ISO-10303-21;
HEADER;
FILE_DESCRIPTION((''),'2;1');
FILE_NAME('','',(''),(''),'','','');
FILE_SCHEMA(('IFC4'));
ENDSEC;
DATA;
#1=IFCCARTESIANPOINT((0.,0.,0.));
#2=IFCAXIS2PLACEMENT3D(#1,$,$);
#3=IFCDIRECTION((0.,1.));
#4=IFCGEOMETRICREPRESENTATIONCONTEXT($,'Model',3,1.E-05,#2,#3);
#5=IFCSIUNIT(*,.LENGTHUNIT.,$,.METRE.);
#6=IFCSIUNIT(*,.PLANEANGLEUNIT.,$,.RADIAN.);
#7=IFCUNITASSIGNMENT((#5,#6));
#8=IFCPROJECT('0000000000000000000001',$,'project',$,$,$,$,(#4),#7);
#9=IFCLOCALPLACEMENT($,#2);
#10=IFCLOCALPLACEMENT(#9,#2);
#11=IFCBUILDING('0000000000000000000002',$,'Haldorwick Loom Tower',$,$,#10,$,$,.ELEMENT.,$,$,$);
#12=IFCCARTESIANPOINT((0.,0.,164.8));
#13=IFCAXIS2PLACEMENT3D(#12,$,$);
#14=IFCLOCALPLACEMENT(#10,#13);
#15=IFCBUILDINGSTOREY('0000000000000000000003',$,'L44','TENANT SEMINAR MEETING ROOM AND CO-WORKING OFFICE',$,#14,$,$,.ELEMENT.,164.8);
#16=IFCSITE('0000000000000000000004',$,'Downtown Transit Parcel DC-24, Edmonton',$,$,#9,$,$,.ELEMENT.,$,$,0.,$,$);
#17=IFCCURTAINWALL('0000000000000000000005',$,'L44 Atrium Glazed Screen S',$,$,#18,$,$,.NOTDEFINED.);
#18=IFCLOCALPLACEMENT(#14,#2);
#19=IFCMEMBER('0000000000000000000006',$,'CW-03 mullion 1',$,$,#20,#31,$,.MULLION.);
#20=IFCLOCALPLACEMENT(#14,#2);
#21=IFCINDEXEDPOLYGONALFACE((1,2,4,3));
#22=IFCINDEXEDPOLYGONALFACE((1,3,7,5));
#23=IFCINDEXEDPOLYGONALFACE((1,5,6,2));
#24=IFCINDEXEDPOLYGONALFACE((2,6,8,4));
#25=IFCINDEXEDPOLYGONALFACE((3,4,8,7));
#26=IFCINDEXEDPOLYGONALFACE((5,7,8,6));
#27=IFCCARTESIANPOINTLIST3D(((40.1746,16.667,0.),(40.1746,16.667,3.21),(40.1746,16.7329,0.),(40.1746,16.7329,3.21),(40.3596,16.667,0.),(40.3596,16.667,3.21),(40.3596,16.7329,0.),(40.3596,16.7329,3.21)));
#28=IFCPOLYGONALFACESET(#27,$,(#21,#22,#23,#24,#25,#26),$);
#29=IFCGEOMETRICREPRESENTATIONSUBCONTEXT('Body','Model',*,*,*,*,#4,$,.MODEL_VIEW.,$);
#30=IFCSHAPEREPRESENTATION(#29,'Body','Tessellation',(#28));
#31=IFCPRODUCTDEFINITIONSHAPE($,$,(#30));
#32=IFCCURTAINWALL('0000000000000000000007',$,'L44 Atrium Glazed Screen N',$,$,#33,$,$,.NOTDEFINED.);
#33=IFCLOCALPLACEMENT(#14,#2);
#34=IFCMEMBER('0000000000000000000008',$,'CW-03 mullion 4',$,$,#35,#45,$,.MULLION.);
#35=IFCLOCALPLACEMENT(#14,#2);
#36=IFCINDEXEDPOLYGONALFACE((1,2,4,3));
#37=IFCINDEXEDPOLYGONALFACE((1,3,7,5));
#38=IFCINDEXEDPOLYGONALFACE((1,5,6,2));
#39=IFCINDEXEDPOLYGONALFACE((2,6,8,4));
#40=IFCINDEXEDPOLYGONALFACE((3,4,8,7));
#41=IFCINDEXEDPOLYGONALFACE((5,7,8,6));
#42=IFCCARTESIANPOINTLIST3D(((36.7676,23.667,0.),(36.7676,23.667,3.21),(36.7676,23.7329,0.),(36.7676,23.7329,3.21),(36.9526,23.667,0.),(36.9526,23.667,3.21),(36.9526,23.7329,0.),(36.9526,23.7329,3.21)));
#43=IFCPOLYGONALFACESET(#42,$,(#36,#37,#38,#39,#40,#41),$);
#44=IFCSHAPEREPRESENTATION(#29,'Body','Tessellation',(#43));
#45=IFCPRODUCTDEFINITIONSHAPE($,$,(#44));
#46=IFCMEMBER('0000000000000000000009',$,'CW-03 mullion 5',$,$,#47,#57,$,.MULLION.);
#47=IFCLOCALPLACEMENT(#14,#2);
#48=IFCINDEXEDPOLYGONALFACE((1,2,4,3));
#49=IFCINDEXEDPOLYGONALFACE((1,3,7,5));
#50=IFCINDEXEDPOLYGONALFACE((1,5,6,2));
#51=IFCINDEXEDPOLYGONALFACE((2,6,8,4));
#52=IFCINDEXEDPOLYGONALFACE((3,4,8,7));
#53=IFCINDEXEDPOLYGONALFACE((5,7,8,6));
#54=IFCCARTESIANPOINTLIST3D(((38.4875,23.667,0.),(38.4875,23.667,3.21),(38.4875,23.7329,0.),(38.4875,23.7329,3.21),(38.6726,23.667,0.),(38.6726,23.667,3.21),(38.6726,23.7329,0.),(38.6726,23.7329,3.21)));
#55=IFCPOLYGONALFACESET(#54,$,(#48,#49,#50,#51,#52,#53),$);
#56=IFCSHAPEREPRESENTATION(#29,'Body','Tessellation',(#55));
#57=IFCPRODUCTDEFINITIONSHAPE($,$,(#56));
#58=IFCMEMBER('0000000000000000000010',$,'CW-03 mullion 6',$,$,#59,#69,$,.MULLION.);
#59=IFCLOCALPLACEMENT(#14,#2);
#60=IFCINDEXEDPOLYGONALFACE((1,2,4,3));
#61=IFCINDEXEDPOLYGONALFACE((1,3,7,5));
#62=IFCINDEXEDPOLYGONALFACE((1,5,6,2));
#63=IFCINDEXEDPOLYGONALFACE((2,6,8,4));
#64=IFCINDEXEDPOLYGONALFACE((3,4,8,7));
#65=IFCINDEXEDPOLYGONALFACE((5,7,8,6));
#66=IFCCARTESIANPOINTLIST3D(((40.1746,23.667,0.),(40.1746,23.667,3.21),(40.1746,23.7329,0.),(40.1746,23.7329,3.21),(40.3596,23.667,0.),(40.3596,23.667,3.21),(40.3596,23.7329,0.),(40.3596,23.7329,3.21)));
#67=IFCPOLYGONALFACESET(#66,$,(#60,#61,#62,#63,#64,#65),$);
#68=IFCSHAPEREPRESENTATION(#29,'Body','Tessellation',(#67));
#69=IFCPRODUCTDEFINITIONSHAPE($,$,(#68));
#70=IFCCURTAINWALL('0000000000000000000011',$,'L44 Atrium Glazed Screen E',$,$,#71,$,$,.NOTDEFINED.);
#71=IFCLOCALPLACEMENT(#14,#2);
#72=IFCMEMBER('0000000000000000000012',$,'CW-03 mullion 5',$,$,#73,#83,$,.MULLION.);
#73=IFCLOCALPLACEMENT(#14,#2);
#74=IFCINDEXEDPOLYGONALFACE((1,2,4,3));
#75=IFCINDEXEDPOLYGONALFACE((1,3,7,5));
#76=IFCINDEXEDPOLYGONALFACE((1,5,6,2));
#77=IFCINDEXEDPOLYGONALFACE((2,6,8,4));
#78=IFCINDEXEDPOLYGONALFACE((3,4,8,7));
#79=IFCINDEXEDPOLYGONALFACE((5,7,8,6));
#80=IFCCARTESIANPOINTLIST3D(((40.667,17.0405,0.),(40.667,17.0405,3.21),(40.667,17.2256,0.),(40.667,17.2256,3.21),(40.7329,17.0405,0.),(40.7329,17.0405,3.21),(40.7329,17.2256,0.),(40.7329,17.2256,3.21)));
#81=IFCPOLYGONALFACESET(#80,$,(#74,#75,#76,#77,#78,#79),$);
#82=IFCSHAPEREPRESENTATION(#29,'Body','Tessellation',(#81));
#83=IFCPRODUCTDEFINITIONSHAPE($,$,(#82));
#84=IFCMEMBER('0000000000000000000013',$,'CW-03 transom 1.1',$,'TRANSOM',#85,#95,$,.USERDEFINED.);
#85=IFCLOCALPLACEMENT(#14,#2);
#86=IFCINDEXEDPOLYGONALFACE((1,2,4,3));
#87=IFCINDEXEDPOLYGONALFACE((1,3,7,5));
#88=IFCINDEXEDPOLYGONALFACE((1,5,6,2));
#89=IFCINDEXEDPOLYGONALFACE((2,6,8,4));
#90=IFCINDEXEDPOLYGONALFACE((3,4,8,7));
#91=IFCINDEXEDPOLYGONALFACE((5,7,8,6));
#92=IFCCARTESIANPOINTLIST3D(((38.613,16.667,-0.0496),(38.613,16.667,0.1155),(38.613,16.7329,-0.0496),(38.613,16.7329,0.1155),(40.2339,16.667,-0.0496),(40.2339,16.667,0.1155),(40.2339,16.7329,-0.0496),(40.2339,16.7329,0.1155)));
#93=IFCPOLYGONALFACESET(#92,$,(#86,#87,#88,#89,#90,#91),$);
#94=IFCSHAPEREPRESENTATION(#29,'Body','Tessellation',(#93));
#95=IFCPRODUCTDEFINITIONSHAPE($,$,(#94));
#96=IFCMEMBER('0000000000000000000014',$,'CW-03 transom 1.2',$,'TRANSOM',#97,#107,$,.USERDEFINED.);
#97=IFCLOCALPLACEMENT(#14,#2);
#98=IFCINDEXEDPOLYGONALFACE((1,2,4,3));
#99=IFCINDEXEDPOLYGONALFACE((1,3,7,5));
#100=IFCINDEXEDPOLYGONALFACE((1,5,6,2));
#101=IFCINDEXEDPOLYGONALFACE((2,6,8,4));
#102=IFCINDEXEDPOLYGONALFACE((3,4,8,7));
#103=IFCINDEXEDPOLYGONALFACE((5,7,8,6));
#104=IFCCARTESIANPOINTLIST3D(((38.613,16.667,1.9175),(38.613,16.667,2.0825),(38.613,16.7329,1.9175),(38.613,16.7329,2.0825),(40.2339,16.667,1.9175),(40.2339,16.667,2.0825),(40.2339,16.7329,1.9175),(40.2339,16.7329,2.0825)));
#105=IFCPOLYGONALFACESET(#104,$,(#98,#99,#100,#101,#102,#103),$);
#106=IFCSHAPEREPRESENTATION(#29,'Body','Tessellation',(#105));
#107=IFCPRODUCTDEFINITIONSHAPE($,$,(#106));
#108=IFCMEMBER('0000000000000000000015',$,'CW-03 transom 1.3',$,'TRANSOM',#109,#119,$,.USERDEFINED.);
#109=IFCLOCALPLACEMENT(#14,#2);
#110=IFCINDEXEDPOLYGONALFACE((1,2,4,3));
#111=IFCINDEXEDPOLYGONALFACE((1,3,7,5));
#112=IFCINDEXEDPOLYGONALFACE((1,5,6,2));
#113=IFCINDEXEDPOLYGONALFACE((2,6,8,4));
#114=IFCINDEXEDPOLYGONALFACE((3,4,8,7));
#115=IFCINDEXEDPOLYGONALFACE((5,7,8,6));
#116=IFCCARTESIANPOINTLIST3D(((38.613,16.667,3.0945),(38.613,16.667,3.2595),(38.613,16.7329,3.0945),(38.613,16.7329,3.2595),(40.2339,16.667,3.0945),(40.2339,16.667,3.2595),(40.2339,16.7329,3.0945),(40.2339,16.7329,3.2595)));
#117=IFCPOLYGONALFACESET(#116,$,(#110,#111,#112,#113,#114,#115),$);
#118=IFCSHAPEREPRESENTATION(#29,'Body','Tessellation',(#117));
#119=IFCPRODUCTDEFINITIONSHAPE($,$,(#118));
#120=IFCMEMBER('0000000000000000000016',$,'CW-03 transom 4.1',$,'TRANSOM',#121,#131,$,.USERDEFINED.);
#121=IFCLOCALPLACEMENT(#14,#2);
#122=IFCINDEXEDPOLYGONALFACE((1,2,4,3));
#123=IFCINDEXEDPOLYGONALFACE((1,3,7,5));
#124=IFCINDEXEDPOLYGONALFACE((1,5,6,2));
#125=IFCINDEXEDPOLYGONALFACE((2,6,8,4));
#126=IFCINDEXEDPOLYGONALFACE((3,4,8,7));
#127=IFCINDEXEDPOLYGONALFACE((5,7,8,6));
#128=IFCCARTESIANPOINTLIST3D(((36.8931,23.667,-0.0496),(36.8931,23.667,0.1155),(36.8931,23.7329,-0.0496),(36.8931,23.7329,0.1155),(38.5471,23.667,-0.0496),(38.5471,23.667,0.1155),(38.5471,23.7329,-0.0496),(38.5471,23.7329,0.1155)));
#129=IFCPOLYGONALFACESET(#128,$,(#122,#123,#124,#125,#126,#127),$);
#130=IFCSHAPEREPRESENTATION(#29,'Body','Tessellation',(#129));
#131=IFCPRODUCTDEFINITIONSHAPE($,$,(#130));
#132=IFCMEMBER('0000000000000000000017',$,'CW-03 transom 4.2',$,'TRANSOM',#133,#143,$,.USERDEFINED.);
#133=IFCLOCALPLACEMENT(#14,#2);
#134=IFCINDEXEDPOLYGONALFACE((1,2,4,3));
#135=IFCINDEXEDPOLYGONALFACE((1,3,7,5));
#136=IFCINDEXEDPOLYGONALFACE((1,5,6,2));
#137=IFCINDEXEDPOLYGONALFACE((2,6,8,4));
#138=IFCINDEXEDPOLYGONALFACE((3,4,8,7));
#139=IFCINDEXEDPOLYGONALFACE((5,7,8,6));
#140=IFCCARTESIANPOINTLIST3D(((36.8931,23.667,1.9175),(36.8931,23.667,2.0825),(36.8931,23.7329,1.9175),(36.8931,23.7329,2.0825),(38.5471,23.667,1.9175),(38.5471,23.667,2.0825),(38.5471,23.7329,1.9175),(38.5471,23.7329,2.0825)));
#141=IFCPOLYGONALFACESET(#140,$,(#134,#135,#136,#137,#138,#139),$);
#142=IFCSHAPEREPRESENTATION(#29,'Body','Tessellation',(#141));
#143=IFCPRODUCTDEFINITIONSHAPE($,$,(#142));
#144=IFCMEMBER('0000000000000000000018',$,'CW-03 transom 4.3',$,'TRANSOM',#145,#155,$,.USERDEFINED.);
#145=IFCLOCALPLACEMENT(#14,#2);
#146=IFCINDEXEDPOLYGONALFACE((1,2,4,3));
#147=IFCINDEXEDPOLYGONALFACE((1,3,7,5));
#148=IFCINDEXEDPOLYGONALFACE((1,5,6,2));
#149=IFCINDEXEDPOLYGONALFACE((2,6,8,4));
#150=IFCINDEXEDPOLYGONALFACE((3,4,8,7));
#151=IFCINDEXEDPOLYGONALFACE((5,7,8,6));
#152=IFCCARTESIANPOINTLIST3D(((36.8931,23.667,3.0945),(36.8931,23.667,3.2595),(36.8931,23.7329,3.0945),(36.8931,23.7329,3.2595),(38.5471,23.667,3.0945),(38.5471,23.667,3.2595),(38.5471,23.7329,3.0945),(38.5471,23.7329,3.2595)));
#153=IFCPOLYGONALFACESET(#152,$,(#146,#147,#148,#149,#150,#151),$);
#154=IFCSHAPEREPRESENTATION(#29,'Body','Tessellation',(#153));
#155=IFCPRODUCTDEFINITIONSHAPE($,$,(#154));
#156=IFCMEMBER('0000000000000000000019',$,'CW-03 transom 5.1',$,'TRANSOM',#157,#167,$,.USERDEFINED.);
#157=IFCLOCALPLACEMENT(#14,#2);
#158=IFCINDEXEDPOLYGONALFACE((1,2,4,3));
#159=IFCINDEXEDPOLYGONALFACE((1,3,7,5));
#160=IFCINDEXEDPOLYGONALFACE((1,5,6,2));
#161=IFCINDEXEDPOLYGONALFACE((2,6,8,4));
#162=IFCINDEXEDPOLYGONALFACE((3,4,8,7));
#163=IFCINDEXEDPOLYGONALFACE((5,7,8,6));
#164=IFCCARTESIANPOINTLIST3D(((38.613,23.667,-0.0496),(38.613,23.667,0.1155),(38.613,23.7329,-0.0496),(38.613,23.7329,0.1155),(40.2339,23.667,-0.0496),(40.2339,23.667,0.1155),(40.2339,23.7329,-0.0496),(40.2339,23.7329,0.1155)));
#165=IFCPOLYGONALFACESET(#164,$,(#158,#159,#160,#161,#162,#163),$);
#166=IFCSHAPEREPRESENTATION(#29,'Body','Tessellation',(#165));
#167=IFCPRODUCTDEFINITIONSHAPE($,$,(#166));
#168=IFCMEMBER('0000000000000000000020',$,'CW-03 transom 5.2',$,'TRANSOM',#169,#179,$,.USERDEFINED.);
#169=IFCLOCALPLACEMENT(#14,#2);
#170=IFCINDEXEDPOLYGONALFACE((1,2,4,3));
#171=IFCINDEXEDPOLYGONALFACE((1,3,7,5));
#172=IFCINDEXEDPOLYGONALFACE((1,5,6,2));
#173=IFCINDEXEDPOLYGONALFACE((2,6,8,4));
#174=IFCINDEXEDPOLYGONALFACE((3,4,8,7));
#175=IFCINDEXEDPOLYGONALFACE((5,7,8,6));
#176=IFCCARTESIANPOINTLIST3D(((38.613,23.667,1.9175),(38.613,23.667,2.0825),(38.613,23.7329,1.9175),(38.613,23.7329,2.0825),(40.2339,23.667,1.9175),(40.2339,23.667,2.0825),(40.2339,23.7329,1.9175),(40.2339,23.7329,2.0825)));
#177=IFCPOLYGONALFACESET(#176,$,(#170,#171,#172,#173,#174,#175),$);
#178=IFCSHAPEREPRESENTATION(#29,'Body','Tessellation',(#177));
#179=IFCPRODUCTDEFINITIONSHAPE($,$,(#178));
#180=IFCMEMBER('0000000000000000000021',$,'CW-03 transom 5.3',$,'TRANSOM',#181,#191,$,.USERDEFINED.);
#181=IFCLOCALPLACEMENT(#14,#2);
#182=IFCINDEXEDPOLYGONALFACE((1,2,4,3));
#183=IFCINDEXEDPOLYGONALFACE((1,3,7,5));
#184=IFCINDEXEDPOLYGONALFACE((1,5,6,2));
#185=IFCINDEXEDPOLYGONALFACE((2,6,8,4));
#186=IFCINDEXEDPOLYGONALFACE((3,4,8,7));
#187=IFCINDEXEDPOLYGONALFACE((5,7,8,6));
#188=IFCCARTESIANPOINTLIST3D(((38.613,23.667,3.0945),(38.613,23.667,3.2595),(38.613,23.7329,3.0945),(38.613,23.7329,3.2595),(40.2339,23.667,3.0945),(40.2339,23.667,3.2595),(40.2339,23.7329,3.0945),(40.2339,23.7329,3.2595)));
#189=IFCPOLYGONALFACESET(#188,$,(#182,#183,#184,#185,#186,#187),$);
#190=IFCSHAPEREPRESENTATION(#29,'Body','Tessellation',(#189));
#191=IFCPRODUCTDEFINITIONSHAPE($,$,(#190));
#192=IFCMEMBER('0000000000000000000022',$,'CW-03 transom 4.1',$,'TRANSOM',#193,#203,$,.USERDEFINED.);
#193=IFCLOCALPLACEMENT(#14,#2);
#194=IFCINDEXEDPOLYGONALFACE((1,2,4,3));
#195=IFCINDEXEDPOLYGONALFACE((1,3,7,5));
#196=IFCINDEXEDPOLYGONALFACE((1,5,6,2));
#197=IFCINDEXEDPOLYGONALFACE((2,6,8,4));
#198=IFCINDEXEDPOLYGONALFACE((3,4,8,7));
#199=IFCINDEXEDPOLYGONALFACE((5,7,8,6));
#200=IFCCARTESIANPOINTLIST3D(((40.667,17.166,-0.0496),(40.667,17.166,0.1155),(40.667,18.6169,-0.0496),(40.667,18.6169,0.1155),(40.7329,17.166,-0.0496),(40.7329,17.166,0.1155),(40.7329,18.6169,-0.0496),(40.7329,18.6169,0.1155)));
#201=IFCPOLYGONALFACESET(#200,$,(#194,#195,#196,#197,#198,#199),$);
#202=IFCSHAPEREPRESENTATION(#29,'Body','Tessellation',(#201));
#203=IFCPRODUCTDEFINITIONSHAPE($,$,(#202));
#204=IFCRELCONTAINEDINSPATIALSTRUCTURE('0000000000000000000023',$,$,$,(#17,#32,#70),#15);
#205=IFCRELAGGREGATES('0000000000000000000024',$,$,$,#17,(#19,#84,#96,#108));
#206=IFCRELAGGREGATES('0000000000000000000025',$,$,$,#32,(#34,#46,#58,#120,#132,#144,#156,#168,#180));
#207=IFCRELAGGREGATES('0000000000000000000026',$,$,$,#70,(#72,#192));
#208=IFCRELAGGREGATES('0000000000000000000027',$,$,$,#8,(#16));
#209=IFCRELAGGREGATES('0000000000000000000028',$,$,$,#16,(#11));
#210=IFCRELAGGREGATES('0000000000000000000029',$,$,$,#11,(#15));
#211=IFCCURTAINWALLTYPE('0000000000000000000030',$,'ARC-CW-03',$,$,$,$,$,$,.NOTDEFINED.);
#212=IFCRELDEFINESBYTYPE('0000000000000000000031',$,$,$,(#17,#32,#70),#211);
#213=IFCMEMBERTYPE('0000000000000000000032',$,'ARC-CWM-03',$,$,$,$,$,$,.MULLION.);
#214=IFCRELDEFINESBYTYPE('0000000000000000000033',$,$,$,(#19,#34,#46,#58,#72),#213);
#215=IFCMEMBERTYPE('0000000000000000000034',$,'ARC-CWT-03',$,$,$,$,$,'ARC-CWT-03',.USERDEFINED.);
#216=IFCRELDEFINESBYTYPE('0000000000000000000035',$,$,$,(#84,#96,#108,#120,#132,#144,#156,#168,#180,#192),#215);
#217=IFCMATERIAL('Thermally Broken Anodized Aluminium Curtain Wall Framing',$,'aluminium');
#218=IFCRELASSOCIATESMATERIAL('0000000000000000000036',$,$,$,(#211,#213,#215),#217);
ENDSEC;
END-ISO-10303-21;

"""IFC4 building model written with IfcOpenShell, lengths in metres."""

from ifc_helpers import new_model, si_unit, direction, frame, origin, origin_2d, place, context, subcontext, project, spatial, rectangle, extrude, material, material_profile, profile_set, type_object, element, aggregate, save


model = new_model("IFC4")

# Units and contexts
model_context = context("Model", 3, precision=1e-05, world=origin(), true_north=direction((0.0, 1.0)))
body_context = subcontext(model_context, "Body", "Model", "MODEL_VIEW")
ifc_project = project(units=[si_unit("LENGTHUNIT", "METRE"), si_unit("PLANEANGLEUNIT", "RADIAN")], contexts=[model_context])

# Site, building, storey
site_placement = place(None, origin())
site = spatial("IfcSite", under=ifc_project, at=site_placement, Name="Downtown Transit Parcel DC-24, Edmonton", CompositionType="ELEMENT", RefElevation=0.0)
building_placement = place(site_placement, origin())
building = spatial("IfcBuilding", under=site, at=building_placement, Name="Haldorwick Loom Tower", CompositionType="ELEMENT")
storey_placement = place(building_placement, frame((0.0, 0.0, 164.8)))
storey = spatial("IfcBuildingStorey", under=building, at=storey_placement, Name="L44", Description="TENANT SEMINAR MEETING ROOM AND CO-WORKING OFFICE", CompositionType="ELEMENT", Elevation=164.8)

# Curtain wall, member
ifc_material_1 = material(Name="Thermally Broken Anodized Aluminium Curtain Wall Framing", Category="aluminium")
curtain_wall_type = type_object("IfcCurtainWallType", Name="ARC-CW-03", PredefinedType="NOTDEFINED", material=ifc_material_1)
curtain_wall_1_placement = place(storey_placement, origin())
curtain_wall_1 = element("IfcCurtainWall", 1, at=curtain_wall_1_placement, inside=storey, type_object=curtain_wall_type, Name="L44 Atrium Glazed Screen S", PredefinedType="NOTDEFINED")
ifc_material_profile_1 = material_profile(ifc_material_1, rectangle(XDim=0.0659, YDim=0.1851, at=origin_2d()), Name="ALU_MUL_66X185", Category="aluminium")
ifc_profile_set_1 = profile_set([ifc_material_profile_1], Name="Thermally Broken Anodized Aluminium Curtain Wall Framing")
member_type_1 = type_object("IfcMemberType", Name="ARC-CWM-03", PredefinedType="MULLION", material=ifc_profile_set_1)
member_1_placement = place(storey_placement, frame((40.2671, 16.7, 0.0), z_axis=(0.0, 0.0, 1.0), x_axis=(0.0, -1.0, 0.0)))
member_1 = element("IfcMember", 2, at=member_1_placement, type_object=member_type_1, Name="CW-03 mullion 1", PredefinedType="MULLION", context=body_context, shape_type="SweptSolid", body=[
    extrude(rectangle(XDim=0.0659, YDim=0.1851, at=origin_2d()), origin(), (0.0, 0.0, 1.0), 3.21),
])

# Curtain wall, members
curtain_wall_2_placement = place(storey_placement, origin())
curtain_wall_2 = element("IfcCurtainWall", 3, at=curtain_wall_2_placement, inside=storey, type_object=curtain_wall_type, Name="L44 Atrium Glazed Screen N", PredefinedType="NOTDEFINED")
member_2_placement = place(storey_placement, frame((36.8601, 23.7, 0.0), z_axis=(0.0, 0.0, 1.0), x_axis=(0.0, 1.0, 0.0)))
member_2 = element("IfcMember", 4, at=member_2_placement, type_object=member_type_1, Name="CW-03 mullion 4", PredefinedType="MULLION", context=body_context, shape_type="SweptSolid", body=[
    extrude(rectangle(XDim=0.0659, YDim=0.1851, at=origin_2d()), origin(), (0.0, 0.0, 1.0), 3.21),
])
member_3_placement = place(storey_placement, frame((38.5801, 23.7, 0.0), z_axis=(0.0, 0.0, 1.0), x_axis=(0.0, 1.0, 0.0)))
member_3 = element("IfcMember", 5, at=member_3_placement, type_object=member_type_1, Name="CW-03 mullion 5", PredefinedType="MULLION", context=body_context, shape_type="SweptSolid", body=[
    extrude(rectangle(XDim=0.0659, YDim=0.1851, at=origin_2d()), origin(), (0.0, 0.0, 1.0), 3.21),
])
member_4_placement = place(storey_placement, frame((40.2671, 23.7, 0.0), z_axis=(0.0, 0.0, 1.0), x_axis=(0.0, 1.0, 0.0)))
member_4 = element("IfcMember", 6, at=member_4_placement, type_object=member_type_1, Name="CW-03 mullion 6", PredefinedType="MULLION", context=body_context, shape_type="SweptSolid", body=[
    extrude(rectangle(XDim=0.0659, YDim=0.1851, at=origin_2d()), origin(), (0.0, 0.0, 1.0), 3.21),
])

# Curtain wall, member
curtain_wall_3_placement = place(storey_placement, origin())
curtain_wall_3 = element("IfcCurtainWall", 7, at=curtain_wall_3_placement, inside=storey, type_object=curtain_wall_type, Name="L44 Atrium Glazed Screen E", PredefinedType="NOTDEFINED")
member_5_placement = place(storey_placement, frame((40.7, 17.1331, 0.0), z_axis=(0.0, 0.0, 1.0), x_axis=(1.0, 0.0, 0.0)))
member_5 = element("IfcMember", 8, at=member_5_placement, type_object=member_type_1, Name="CW-03 mullion 5", PredefinedType="MULLION", context=body_context, shape_type="SweptSolid", body=[
    extrude(rectangle(XDim=0.0659, YDim=0.1851, at=origin_2d()), origin(), (0.0, 0.0, 1.0), 3.21),
])

# Members
ifc_material_profile_2 = material_profile(ifc_material_1, rectangle(XDim=0.0659, YDim=0.165, at=origin_2d()), Name="ALU_TRN_66X165", Category="aluminium")
ifc_profile_set_2 = profile_set([ifc_material_profile_2], Name="Thermally Broken Anodized Aluminium Curtain Wall Framing")
member_type_2 = type_object("IfcMemberType", Name="ARC-CWT-03", ElementType="ARC-CWT-03", PredefinedType="USERDEFINED", material=ifc_profile_set_2)
member_6_placement = place(storey_placement, frame((40.2339, 16.7, 0.033), z_axis=(-1.0, 0.0, 0.0), x_axis=(0.0, -1.0, 0.0)))
member_6 = element("IfcMember", 9, at=member_6_placement, type_object=member_type_2, Name="CW-03 transom 1.1", ObjectType="TRANSOM", PredefinedType="USERDEFINED", context=body_context, shape_type="SweptSolid", body=[
    extrude(rectangle(XDim=0.0659, YDim=0.165, at=origin_2d()), origin(), (0.0, 0.0, 1.0), 1.6208),
])
member_7_placement = place(storey_placement, frame((40.2339, 16.7, 2.0), z_axis=(-1.0, 0.0, 0.0), x_axis=(0.0, -1.0, 0.0)))
member_7 = element("IfcMember", 10, at=member_7_placement, type_object=member_type_2, Name="CW-03 transom 1.2", ObjectType="TRANSOM", PredefinedType="USERDEFINED", context=body_context, shape_type="SweptSolid", body=[
    extrude(rectangle(XDim=0.0659, YDim=0.165, at=origin_2d()), origin(), (0.0, 0.0, 1.0), 1.6208),
])
member_8_placement = place(storey_placement, frame((40.2339, 16.7, 3.177), z_axis=(-1.0, 0.0, 0.0), x_axis=(0.0, -1.0, 0.0)))
member_8 = element("IfcMember", 11, at=member_8_placement, type_object=member_type_2, Name="CW-03 transom 1.3", ObjectType="TRANSOM", PredefinedType="USERDEFINED", context=body_context, shape_type="SweptSolid", body=[
    extrude(rectangle(XDim=0.0659, YDim=0.165, at=origin_2d()), origin(), (0.0, 0.0, 1.0), 1.6208),
])
aggregate(curtain_wall_1, [member_1, member_6, member_7, member_8])
member_9_placement = place(storey_placement, frame((36.8931, 23.7, 0.033), z_axis=(1.0, 0.0, 0.0), x_axis=(0.0, 1.0, 0.0)))
member_9 = element("IfcMember", 12, at=member_9_placement, type_object=member_type_2, Name="CW-03 transom 4.1", ObjectType="TRANSOM", PredefinedType="USERDEFINED", context=body_context, shape_type="SweptSolid", body=[
    extrude(rectangle(XDim=0.0659, YDim=0.165, at=origin_2d()), origin(), (0.0, 0.0, 1.0), 1.6541),
])
member_10_placement = place(storey_placement, frame((36.8931, 23.7, 2.0), z_axis=(1.0, 0.0, 0.0), x_axis=(0.0, 1.0, 0.0)))
member_10 = element("IfcMember", 13, at=member_10_placement, type_object=member_type_2, Name="CW-03 transom 4.2", ObjectType="TRANSOM", PredefinedType="USERDEFINED", context=body_context, shape_type="SweptSolid", body=[
    extrude(rectangle(XDim=0.0659, YDim=0.165, at=origin_2d()), origin(), (0.0, 0.0, 1.0), 1.6541),
])
member_11_placement = place(storey_placement, frame((36.8931, 23.7, 3.177), z_axis=(1.0, 0.0, 0.0), x_axis=(0.0, 1.0, 0.0)))
member_11 = element("IfcMember", 14, at=member_11_placement, type_object=member_type_2, Name="CW-03 transom 4.3", ObjectType="TRANSOM", PredefinedType="USERDEFINED", context=body_context, shape_type="SweptSolid", body=[
    extrude(rectangle(XDim=0.0659, YDim=0.165, at=origin_2d()), origin(), (0.0, 0.0, 1.0), 1.6541),
])
member_12_placement = place(storey_placement, frame((38.613, 23.7, 0.033), z_axis=(1.0, 0.0, 0.0), x_axis=(0.0, 1.0, 0.0)))
member_12 = element("IfcMember", 15, at=member_12_placement, type_object=member_type_2, Name="CW-03 transom 5.1", ObjectType="TRANSOM", PredefinedType="USERDEFINED", context=body_context, shape_type="SweptSolid", body=[
    extrude(rectangle(XDim=0.0659, YDim=0.165, at=origin_2d()), origin(), (0.0, 0.0, 1.0), 1.6208),
])
member_13_placement = place(storey_placement, frame((38.613, 23.7, 2.0), z_axis=(1.0, 0.0, 0.0), x_axis=(0.0, 1.0, 0.0)))
member_13 = element("IfcMember", 16, at=member_13_placement, type_object=member_type_2, Name="CW-03 transom 5.2", ObjectType="TRANSOM", PredefinedType="USERDEFINED", context=body_context, shape_type="SweptSolid", body=[
    extrude(rectangle(XDim=0.0659, YDim=0.165, at=origin_2d()), origin(), (0.0, 0.0, 1.0), 1.6208),
])
member_14_placement = place(storey_placement, frame((38.613, 23.7, 3.177), z_axis=(1.0, 0.0, 0.0), x_axis=(0.0, 1.0, 0.0)))
member_14 = element("IfcMember", 17, at=member_14_placement, type_object=member_type_2, Name="CW-03 transom 5.3", ObjectType="TRANSOM", PredefinedType="USERDEFINED", context=body_context, shape_type="SweptSolid", body=[
    extrude(rectangle(XDim=0.0659, YDim=0.165, at=origin_2d()), origin(), (0.0, 0.0, 1.0), 1.6208),
])
member_15_placement = place(storey_placement, frame((40.7, 18.6169, 0.033), z_axis=(0.0, -1.0, 0.0), x_axis=(1.0, 0.0, 0.0)))
member_15 = element("IfcMember", 18, at=member_15_placement, type_object=member_type_2, Name="CW-03 transom 4.1", ObjectType="TRANSOM", PredefinedType="USERDEFINED", context=body_context, shape_type="SweptSolid", body=[
    extrude(rectangle(XDim=0.0659, YDim=0.165, at=origin_2d()), origin(), (0.0, 0.0, 1.0), 1.4509),
])

aggregate(curtain_wall_2, [member_2, member_3, member_4, member_9, member_10, member_11, member_12, member_13, member_14])
aggregate(curtain_wall_3, [member_5, member_15])

save(model, "model.ifc")
